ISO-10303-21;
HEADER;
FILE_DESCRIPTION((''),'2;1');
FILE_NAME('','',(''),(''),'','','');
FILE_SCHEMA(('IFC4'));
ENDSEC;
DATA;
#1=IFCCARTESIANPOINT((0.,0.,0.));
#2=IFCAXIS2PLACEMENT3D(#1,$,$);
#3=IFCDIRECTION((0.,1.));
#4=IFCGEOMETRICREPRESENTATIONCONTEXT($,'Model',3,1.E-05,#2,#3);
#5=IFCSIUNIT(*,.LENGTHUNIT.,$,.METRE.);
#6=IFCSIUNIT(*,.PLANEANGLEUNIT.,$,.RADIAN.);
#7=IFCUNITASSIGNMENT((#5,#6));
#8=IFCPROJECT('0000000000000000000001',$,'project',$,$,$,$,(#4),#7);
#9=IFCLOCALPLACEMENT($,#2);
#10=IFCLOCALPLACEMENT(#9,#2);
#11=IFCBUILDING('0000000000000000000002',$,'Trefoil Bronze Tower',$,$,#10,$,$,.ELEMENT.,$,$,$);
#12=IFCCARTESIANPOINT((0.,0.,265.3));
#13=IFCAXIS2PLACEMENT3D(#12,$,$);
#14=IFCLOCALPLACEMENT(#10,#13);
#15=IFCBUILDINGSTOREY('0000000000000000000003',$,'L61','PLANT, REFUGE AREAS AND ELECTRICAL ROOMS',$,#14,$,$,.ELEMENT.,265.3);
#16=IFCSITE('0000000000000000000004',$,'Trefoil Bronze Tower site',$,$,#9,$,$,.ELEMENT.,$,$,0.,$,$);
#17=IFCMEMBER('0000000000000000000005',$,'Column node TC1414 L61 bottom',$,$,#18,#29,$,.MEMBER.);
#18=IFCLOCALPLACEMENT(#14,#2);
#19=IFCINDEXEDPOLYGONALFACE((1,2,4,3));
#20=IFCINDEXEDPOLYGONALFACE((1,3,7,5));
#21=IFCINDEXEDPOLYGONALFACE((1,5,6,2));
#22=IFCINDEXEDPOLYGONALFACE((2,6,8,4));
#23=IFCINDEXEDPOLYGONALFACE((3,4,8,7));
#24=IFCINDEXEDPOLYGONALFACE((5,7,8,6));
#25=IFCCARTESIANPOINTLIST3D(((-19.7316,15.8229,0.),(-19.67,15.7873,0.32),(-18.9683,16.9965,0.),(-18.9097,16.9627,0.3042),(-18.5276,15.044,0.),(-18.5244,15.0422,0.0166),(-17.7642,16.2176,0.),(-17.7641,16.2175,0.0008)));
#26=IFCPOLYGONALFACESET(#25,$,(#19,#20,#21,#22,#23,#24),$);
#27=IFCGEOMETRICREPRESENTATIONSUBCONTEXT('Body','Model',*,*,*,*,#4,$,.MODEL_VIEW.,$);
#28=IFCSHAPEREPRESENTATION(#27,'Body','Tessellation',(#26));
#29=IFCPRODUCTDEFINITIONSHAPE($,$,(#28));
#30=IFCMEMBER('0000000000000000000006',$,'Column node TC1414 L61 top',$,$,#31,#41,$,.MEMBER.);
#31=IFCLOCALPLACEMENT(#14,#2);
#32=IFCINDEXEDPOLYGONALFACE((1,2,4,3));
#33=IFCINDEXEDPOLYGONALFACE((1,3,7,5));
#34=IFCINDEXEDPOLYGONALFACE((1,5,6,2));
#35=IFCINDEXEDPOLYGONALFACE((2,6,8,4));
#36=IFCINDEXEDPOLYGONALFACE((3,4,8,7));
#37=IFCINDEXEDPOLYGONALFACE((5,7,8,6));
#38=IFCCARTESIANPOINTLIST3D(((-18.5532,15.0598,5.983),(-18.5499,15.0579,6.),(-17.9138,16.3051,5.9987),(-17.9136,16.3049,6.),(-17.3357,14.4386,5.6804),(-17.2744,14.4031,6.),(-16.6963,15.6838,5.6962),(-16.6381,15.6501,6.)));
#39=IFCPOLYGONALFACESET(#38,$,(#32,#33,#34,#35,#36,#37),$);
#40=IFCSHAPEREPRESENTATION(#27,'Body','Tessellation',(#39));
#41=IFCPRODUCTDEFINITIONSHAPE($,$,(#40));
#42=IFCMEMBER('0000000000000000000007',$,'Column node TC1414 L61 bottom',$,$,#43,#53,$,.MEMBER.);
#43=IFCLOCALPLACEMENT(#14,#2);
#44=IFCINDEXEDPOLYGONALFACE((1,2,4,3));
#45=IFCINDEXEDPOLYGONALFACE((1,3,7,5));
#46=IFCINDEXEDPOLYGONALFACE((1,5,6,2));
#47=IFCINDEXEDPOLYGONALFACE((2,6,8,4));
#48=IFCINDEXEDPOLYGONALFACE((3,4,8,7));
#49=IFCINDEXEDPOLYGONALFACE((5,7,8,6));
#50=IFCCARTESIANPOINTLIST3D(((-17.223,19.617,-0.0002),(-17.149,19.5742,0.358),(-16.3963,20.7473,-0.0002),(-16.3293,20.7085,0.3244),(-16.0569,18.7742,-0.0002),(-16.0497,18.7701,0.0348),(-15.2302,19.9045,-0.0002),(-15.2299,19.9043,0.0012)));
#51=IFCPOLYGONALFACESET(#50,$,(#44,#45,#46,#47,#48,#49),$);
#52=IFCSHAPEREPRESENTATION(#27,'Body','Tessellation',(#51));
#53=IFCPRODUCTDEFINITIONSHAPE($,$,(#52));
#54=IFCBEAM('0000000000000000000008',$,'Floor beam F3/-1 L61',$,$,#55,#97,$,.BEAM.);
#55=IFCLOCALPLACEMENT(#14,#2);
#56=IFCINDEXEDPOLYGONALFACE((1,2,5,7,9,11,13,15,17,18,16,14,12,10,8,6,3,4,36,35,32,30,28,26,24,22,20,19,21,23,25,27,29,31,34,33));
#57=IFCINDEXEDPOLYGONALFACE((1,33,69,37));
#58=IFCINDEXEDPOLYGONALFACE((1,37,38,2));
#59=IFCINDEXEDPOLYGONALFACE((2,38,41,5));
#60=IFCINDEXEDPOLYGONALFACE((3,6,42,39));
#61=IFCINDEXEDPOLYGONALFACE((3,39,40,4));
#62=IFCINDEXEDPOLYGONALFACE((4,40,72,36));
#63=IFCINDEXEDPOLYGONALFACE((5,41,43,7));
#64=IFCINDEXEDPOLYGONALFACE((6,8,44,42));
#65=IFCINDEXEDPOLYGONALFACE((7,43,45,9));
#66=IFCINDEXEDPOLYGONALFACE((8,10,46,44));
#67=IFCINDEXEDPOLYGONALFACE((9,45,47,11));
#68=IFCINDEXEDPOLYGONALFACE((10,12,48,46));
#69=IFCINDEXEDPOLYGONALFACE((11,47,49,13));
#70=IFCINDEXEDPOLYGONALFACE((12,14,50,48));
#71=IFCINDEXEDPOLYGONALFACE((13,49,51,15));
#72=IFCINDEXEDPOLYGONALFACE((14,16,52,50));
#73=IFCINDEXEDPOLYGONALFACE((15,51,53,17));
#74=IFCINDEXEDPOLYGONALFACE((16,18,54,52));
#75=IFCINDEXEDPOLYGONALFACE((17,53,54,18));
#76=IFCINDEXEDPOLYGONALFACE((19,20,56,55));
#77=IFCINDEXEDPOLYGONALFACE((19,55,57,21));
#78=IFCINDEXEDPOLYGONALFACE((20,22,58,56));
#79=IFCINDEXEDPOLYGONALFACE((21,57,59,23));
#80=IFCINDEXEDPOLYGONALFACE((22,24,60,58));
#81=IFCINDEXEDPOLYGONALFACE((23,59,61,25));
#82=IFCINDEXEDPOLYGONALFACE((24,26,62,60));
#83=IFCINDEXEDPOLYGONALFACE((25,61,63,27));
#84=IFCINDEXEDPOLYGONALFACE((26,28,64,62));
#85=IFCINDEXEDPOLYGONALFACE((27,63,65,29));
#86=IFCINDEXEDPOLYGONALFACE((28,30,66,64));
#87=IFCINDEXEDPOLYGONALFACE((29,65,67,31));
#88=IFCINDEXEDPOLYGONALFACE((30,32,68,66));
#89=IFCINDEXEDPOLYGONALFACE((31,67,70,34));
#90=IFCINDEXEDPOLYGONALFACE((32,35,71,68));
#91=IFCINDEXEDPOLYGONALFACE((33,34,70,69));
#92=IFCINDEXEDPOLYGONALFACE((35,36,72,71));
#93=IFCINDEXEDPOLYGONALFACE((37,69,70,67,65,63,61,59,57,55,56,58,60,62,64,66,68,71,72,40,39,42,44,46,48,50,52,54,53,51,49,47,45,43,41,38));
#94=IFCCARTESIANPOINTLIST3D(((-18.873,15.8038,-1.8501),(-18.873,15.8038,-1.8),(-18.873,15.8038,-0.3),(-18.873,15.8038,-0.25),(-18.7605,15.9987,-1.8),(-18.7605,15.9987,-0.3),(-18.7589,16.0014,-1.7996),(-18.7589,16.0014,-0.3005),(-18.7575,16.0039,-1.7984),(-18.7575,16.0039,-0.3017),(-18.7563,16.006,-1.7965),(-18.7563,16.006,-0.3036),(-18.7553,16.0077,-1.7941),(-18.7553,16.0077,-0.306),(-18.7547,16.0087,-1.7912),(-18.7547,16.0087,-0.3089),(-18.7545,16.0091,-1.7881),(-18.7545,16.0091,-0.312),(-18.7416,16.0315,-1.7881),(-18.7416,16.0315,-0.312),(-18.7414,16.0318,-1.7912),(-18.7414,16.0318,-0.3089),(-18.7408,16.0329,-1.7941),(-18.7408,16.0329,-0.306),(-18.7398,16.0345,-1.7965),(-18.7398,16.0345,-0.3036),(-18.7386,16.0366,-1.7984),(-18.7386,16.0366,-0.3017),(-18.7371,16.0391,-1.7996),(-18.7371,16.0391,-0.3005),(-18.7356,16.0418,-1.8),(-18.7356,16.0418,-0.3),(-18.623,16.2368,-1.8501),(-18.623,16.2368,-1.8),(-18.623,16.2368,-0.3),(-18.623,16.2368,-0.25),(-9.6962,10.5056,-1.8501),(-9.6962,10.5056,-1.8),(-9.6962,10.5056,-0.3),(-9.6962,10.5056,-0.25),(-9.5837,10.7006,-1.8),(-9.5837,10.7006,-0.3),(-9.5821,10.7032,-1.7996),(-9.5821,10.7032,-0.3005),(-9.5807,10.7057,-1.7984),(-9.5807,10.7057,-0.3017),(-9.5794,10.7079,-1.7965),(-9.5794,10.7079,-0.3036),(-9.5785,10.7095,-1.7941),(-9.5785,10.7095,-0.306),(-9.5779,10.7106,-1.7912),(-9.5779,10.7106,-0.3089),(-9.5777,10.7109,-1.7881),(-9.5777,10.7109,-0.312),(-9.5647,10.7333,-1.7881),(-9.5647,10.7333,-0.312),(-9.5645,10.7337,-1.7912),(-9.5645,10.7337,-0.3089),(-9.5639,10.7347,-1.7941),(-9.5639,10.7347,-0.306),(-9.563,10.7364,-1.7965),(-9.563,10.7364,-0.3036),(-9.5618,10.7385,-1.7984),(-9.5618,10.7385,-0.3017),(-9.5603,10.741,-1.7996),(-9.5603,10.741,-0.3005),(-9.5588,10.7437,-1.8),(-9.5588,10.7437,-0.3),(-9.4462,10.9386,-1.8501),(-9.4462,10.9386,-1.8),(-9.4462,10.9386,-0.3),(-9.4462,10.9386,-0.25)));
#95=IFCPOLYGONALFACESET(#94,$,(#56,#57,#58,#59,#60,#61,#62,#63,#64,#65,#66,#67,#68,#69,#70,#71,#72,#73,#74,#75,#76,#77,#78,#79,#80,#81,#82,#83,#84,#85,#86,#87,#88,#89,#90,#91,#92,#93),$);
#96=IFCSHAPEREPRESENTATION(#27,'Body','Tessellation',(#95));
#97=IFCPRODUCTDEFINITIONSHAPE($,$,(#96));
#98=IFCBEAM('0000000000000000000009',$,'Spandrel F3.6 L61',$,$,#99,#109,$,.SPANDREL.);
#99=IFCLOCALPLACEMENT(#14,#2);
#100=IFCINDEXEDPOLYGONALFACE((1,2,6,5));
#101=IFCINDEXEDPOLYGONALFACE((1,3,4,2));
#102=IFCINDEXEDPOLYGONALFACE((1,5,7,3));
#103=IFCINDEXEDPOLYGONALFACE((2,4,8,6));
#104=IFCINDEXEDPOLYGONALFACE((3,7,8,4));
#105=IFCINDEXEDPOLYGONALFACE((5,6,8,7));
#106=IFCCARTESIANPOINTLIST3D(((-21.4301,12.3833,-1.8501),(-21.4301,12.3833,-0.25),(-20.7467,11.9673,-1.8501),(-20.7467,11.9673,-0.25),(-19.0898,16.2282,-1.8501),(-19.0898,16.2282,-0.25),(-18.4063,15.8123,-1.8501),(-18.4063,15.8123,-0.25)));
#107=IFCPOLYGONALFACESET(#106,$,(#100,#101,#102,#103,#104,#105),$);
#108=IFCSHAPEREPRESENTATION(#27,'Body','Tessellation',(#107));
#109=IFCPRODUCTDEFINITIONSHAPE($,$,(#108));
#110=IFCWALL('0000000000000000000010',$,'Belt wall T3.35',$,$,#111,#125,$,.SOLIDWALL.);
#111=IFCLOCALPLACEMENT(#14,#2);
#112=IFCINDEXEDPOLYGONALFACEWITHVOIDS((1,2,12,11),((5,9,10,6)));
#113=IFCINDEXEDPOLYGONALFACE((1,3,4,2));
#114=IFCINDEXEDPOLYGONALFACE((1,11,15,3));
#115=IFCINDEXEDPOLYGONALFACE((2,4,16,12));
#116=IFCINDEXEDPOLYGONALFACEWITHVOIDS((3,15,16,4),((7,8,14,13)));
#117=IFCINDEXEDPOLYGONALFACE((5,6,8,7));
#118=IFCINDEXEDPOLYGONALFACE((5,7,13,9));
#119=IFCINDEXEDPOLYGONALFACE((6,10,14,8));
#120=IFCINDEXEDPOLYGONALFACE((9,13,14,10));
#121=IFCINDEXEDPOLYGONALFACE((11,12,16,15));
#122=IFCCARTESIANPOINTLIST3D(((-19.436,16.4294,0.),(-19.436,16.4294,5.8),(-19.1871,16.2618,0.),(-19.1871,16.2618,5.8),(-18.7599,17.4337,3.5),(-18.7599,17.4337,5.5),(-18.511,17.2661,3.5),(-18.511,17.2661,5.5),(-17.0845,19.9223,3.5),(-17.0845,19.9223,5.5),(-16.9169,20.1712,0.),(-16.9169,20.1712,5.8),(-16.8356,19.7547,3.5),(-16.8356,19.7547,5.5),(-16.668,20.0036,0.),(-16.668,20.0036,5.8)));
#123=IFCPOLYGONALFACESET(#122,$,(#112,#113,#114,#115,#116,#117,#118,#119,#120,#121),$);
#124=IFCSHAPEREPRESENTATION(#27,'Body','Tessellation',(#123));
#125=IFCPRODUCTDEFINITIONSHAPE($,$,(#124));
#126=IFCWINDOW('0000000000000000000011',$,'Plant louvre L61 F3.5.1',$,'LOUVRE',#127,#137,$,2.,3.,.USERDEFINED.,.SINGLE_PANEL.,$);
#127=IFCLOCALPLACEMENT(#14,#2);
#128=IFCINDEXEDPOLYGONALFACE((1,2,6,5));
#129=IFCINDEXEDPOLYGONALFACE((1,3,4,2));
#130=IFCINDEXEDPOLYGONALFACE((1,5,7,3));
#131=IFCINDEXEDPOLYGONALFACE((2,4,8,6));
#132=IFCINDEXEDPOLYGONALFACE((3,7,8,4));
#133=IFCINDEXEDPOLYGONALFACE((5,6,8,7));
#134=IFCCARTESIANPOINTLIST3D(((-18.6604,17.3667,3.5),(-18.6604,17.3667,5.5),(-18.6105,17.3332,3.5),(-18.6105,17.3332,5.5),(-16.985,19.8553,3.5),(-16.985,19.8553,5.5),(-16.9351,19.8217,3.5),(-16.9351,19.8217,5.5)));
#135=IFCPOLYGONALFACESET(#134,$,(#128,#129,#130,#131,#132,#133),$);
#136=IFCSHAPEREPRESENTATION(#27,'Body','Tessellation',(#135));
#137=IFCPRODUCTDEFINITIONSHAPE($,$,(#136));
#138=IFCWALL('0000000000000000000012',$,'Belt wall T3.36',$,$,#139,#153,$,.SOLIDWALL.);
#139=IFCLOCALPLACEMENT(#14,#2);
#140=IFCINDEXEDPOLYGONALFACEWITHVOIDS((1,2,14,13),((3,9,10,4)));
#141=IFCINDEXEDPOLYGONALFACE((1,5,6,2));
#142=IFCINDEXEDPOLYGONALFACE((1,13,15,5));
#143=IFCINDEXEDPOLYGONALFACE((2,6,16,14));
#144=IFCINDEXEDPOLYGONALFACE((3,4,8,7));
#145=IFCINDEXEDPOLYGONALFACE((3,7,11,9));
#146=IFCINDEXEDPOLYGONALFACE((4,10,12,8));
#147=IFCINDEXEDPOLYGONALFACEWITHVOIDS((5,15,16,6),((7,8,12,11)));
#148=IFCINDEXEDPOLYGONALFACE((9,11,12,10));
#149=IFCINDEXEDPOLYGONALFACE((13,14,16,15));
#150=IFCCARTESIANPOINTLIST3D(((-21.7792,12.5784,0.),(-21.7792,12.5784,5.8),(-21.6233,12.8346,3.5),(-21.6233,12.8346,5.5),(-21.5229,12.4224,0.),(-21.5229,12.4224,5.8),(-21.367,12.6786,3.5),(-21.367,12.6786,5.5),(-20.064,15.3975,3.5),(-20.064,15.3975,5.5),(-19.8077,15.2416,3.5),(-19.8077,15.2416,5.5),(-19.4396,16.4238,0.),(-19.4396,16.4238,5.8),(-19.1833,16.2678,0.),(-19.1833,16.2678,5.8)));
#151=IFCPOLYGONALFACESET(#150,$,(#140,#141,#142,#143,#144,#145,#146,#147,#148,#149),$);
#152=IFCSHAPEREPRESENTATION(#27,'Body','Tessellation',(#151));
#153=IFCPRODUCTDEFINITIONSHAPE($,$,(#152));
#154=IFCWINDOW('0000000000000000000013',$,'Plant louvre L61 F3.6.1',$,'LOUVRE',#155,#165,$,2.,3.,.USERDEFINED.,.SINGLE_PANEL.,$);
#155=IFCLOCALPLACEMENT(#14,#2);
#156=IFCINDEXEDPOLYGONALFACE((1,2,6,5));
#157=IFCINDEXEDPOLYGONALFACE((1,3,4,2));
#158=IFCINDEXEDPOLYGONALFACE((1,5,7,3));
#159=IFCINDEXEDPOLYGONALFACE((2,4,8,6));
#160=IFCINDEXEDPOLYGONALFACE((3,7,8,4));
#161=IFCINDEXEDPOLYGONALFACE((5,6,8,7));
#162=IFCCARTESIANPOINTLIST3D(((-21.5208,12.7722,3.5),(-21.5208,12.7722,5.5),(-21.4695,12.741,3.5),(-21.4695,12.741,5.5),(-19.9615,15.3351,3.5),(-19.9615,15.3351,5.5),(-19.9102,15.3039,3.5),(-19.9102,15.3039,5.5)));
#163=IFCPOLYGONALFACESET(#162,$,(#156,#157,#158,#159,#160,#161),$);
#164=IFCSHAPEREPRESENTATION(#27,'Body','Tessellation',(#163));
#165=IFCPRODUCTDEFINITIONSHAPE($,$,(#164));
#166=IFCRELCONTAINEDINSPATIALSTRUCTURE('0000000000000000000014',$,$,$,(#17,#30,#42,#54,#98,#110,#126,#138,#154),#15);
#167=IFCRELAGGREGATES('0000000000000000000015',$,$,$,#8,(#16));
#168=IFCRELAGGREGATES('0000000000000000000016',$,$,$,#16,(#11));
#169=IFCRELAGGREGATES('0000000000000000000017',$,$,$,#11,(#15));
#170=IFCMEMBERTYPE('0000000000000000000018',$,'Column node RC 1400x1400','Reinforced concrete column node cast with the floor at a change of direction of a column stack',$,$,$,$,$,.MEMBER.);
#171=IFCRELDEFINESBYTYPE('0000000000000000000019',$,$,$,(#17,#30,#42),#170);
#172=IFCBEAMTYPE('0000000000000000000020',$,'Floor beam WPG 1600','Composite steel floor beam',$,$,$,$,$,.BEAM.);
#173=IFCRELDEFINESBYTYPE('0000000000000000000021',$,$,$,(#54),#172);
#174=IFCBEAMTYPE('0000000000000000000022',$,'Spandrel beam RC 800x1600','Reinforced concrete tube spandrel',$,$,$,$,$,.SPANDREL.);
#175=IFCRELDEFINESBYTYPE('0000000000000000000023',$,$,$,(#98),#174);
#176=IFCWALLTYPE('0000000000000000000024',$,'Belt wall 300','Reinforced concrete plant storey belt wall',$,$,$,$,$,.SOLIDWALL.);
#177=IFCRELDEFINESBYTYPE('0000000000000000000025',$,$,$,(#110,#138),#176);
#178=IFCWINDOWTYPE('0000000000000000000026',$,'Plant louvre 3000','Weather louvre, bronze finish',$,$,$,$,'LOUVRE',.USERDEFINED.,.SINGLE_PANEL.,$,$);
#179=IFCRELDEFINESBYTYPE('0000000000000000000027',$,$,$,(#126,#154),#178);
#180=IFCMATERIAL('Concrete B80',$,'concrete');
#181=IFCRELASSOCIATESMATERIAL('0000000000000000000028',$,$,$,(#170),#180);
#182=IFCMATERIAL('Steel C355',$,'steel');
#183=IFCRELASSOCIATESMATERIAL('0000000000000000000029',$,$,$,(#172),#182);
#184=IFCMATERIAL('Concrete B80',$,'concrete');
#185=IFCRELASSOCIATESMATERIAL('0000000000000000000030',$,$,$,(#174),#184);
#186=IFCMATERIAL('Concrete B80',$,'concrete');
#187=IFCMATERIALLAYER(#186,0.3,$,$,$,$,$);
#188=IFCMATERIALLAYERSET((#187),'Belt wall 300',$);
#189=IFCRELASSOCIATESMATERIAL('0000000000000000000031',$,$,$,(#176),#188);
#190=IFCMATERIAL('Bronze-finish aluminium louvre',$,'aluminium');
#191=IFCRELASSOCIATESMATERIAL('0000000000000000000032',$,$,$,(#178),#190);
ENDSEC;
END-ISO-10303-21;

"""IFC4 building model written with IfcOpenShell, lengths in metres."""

from ifc_helpers import new_model, si_unit, direction, frame, frame_2d, origin, origin_2d, place, context, subcontext, project, spatial, rectangle, i_section, extrude, clip, halfspace, material, layer, layer_set, material_profile, profile_set, type_object, element, fill, save


model = new_model("IFC4")

# Units and contexts
model_context = context("Model", 3, precision=1e-05, world=origin(), true_north=direction((0.0, 1.0)))
body_context = subcontext(model_context, "Body", "Model", "MODEL_VIEW")
ifc_project = project(units=[si_unit("LENGTHUNIT", "METRE"), si_unit("PLANEANGLEUNIT", "RADIAN")], contexts=[model_context])

# Site, building, storey
site_placement = place(None, origin())
site = spatial("IfcSite", under=ifc_project, at=site_placement, Name="Trefoil Bronze Tower site", CompositionType="ELEMENT", RefElevation=0.0)
building_placement = place(site_placement, origin())
building = spatial("IfcBuilding", under=site, at=building_placement, Name="Trefoil Bronze Tower", CompositionType="ELEMENT")
storey_placement = place(building_placement, frame((0.0, 0.0, 265.3)))
storey = spatial("IfcBuildingStorey", under=building, at=storey_placement, Name="L61", Description="PLANT, REFUGE AREAS AND ELECTRICAL ROOMS", CompositionType="ELEMENT", Elevation=265.3)

# Members
ifc_material_1 = material(Name="Concrete B80", Category="concrete")
ifc_material_profile_1 = material_profile(ifc_material_1, rectangle(XDim=1.3999, YDim=1.3999, at=origin_2d()), Name="RC 1400x1400")
ifc_profile_set_1 = profile_set([ifc_material_profile_1], Name="Concrete B80")
member_type = type_object("IfcMemberType", Name="Column node RC 1400x1400", Description="Reinforced concrete column node cast with the floor at a change of direction of a column stack", PredefinedType="MEMBER", material=ifc_profile_set_1)
member_1_placement = place(storey_placement, frame((-18.7788, 16.0381, -0.1604), z_axis=(0.187954, -0.108463, 0.976171), x_axis=(-0.543105, -0.839589, 0.011283)))
element("IfcMember", 1, at=member_1_placement, inside=storey, type_object=member_type, Name="Column node TC1414 L61 bottom", PredefinedType="MEMBER", context=body_context, shape_type="Clipping", body=[
    clip(extrude(rectangle(XDim=1.3999, YDim=1.3999, at=origin_2d()), origin(), (0.0, 0.0, 1.0), 0.3286), halfspace(frame((0.0, 0.0, 0.1643), z_axis=(0.011283, -0.216711, 0.976171), x_axis=(0.0, 0.976233, 0.216725)), True)),
])
member_2_placement = place(storey_placement, frame((-17.5632, 15.3362, 6.1604), z_axis=(-0.187237, 0.108479, -0.976307), x_axis=(0.456707, 0.889546, 0.011251)))
element("IfcMember", 2, at=member_2_placement, inside=storey, type_object=member_type, Name="Column node TC1414 L61 top", PredefinedType="MEMBER", context=body_context, shape_type="Clipping", body=[
    clip(extrude(rectangle(XDim=1.3999, YDim=1.3999, at=origin_2d()), origin(), (0.0, 0.0, 1.0), 0.3286), halfspace(frame((0.0, 0.0, 0.1643), z_axis=(-0.011251, 0.216099, 0.976307), x_axis=(0.0, 0.976368, -0.216112)), True)),
])
member_3_placement = place(storey_placement, frame((-16.2637, 19.7822, -0.1797), z_axis=(0.200881, -0.1163, 0.972688), x_axis=(-0.585578, -0.810259, 0.024056)))
element("IfcMember", 3, at=member_3_placement, inside=storey, type_object=member_type, Name="Column node TC1414 L61 bottom", PredefinedType="MEMBER", context=body_context, shape_type="Clipping", body=[
    clip(extrude(rectangle(XDim=1.3999, YDim=1.3999, at=origin_2d()), origin(), (0.0, 0.0, 1.0), 0.3694), halfspace(frame((0.0, 0.0, 0.1846), z_axis=(0.024056, -0.230868, 0.972688), x_axis=(0.0, 0.972969, 0.230935)), True)),
])

# Beams
ifc_material_2 = material(Name="Steel C355", Category="steel")
ifc_material_profile_2 = material_profile(ifc_material_2, i_section(OverallWidth=0.5, OverallDepth=1.6001, WebThickness=0.0259, FlangeThickness=0.05, FilletRadius=0.012, at=origin_2d()), Name="WPG 1600")
ifc_profile_set_2 = profile_set([ifc_material_profile_2], Name="Steel C355")
beam_type_1 = type_object("IfcBeamType", Name="Floor beam WPG 1600", Description="Composite steel floor beam", PredefinedType="BEAM", material=ifc_profile_set_2)
beam_1_placement = place(storey_placement, frame((-18.748, 16.0203, -1.05), z_axis=(0.86603, -0.499992, 0.0), x_axis=(0.499992, 0.86603, 0.0)))
element("IfcBeam", 4, at=beam_1_placement, inside=storey, type_object=beam_type_1, Name="Floor beam F3/-1 L61", PredefinedType="BEAM", context=body_context, shape_type="SweptSolid", body=[
    extrude(i_section(OverallWidth=0.5, OverallDepth=1.6001, WebThickness=0.0259, FlangeThickness=0.05, FilletRadius=0.012, at=origin_2d()), origin(), (0.0, 0.0, 1.0), 10.5964),
])
ifc_material_3 = material(Name="Concrete B80", Category="concrete")
ifc_material_profile_3 = material_profile(ifc_material_3, rectangle(XDim=0.8, YDim=1.6001, at=origin_2d()), Name="RC 800x1600")
ifc_profile_set_3 = profile_set([ifc_material_profile_3], Name="Concrete B80")
beam_type_2 = type_object("IfcBeamType", Name="Spandrel beam RC 800x1600", Description="Reinforced concrete tube spandrel", PredefinedType="SPANDREL", material=ifc_profile_set_3)
beam_2_placement = place(storey_placement, frame((-18.748, 16.0203, -1.05), z_axis=(-0.519933, -0.854207, 0.0), x_axis=(0.854207, -0.519933, 0.0)))
element("IfcBeam", 5, at=beam_2_placement, inside=storey, type_object=beam_type_2, Name="Spandrel F3.6 L61", PredefinedType="SPANDREL", context=body_context, shape_type="SweptSolid", body=[
    extrude(rectangle(XDim=0.8, YDim=1.6001, at=origin_2d()), origin(), (0.0, 0.0, 1.0), 4.5012),
])

# Walls, openings, windows
ifc_material_4 = material(Name="Concrete B80", Category="concrete")
ifc_layer_1 = layer(ifc_material_4, 0.3)
ifc_layer_set_1 = layer_set([ifc_layer_1], Name="Belt wall 300")
wall_type = type_object("IfcWallType", Name="Belt wall 300", Description="Reinforced concrete plant storey belt wall", PredefinedType="SOLIDWALL", material=ifc_layer_set_1)
wall_1_placement = place(storey_placement, frame((-16.7925, 20.0874, 0.0), z_axis=(0.0, 0.0, 1.0), x_axis=(-0.558467, -0.829527, 0.0)))
wall_1 = element("IfcWall", 6, at=wall_1_placement, inside=storey, type_object=wall_type, Name="Belt wall T3.35", PredefinedType="SOLIDWALL", context=body_context, shape_type="SweptSolid", body=[
    extrude(rectangle(XDim=4.5107, YDim=0.3, at=frame_2d((2.2554, 0.0))), origin(), (0.0, 0.0, 1.0), 5.8),
])
opening_1_placement = place(wall_1_placement, frame((0.3, 0.0, 3.5)))
opening_1 = element("IfcOpeningElement", 7, at=opening_1_placement, cuts=wall_1, PredefinedType="OPENING", context=body_context, shape_type="SweptSolid", body=[
    extrude(rectangle(XDim=3.0, YDim=2.0, at=frame_2d((1.5, 1.0))), frame((0.0, 0.1599, 0.0), z_axis=(0.0, -1.0, 0.0), x_axis=(1.0, 0.0, 0.0)), (0.0, 0.0, 1.0), 0.3201),
])
ifc_material_5 = material(Name="Bronze-finish aluminium louvre", Category="aluminium")
window_type = type_object("IfcWindowType", Name="Plant louvre 3000", Description="Weather louvre, bronze finish", ElementType="LOUVRE", PartitioningType="SINGLE_PANEL", PredefinedType="USERDEFINED", material=ifc_material_5)
window_1_placement = place(opening_1_placement, origin())
window_1 = element("IfcWindow", 8, at=window_1_placement, inside=storey, type_object=window_type, Name="Plant louvre L61 F3.5.1", ObjectType="LOUVRE", OverallHeight=2.0, OverallWidth=3.0, PartitioningType="SINGLE_PANEL", PredefinedType="USERDEFINED", context=body_context, shape_type="SweptSolid", body=[
    extrude(rectangle(XDim=3.0, YDim=2.0, at=frame_2d((1.5, 1.0))), frame((0.0, 0.03, 0.0), z_axis=(0.0, -1.0, 0.0), x_axis=(1.0, 0.0, 0.0)), (0.0, 0.0, 1.0), 0.0601),
])
fill(opening_1, window_1)
wall_2_placement = place(storey_placement, frame((-19.3115, 16.3457, 0.0), z_axis=(0.0, 0.0, 1.0), x_axis=(-0.519766, -0.854309, 0.0)))
wall_2 = element("IfcWall", 9, at=wall_2_placement, inside=storey, type_object=wall_type, Name="Belt wall T3.36", PredefinedType="SOLIDWALL", context=body_context, shape_type="SweptSolid", body=[
    extrude(rectangle(XDim=4.5012, YDim=0.3, at=frame_2d((2.2505, 0.0))), origin(), (0.0, 0.0, 1.0), 5.8),
])
opening_2_placement = place(wall_2_placement, frame((1.2012, 0.0, 3.5)))
opening_2 = element("IfcOpeningElement", 10, at=opening_2_placement, cuts=wall_2, PredefinedType="OPENING", context=body_context, shape_type="SweptSolid", body=[
    extrude(rectangle(XDim=3.0, YDim=2.0, at=frame_2d((1.5, 1.0))), frame((0.0, 0.1599, 0.0), z_axis=(0.0, -1.0, 0.0), x_axis=(1.0, 0.0, 0.0)), (0.0, 0.0, 1.0), 0.3201),
])
window_2_placement = place(opening_2_placement, origin())
window_2 = element("IfcWindow", 11, at=window_2_placement, inside=storey, type_object=window_type, Name="Plant louvre L61 F3.6.1", ObjectType="LOUVRE", OverallHeight=2.0, OverallWidth=3.0, PartitioningType="SINGLE_PANEL", PredefinedType="USERDEFINED", context=body_context, shape_type="SweptSolid", body=[
    extrude(rectangle(XDim=3.0, YDim=2.0, at=frame_2d((1.5, 1.0))), frame((0.0, 0.03, 0.0), z_axis=(0.0, -1.0, 0.0), x_axis=(1.0, 0.0, 0.0)), (0.0, 0.0, 1.0), 0.0601),
])
fill(opening_2, window_2)

save(model, "model.ifc")
